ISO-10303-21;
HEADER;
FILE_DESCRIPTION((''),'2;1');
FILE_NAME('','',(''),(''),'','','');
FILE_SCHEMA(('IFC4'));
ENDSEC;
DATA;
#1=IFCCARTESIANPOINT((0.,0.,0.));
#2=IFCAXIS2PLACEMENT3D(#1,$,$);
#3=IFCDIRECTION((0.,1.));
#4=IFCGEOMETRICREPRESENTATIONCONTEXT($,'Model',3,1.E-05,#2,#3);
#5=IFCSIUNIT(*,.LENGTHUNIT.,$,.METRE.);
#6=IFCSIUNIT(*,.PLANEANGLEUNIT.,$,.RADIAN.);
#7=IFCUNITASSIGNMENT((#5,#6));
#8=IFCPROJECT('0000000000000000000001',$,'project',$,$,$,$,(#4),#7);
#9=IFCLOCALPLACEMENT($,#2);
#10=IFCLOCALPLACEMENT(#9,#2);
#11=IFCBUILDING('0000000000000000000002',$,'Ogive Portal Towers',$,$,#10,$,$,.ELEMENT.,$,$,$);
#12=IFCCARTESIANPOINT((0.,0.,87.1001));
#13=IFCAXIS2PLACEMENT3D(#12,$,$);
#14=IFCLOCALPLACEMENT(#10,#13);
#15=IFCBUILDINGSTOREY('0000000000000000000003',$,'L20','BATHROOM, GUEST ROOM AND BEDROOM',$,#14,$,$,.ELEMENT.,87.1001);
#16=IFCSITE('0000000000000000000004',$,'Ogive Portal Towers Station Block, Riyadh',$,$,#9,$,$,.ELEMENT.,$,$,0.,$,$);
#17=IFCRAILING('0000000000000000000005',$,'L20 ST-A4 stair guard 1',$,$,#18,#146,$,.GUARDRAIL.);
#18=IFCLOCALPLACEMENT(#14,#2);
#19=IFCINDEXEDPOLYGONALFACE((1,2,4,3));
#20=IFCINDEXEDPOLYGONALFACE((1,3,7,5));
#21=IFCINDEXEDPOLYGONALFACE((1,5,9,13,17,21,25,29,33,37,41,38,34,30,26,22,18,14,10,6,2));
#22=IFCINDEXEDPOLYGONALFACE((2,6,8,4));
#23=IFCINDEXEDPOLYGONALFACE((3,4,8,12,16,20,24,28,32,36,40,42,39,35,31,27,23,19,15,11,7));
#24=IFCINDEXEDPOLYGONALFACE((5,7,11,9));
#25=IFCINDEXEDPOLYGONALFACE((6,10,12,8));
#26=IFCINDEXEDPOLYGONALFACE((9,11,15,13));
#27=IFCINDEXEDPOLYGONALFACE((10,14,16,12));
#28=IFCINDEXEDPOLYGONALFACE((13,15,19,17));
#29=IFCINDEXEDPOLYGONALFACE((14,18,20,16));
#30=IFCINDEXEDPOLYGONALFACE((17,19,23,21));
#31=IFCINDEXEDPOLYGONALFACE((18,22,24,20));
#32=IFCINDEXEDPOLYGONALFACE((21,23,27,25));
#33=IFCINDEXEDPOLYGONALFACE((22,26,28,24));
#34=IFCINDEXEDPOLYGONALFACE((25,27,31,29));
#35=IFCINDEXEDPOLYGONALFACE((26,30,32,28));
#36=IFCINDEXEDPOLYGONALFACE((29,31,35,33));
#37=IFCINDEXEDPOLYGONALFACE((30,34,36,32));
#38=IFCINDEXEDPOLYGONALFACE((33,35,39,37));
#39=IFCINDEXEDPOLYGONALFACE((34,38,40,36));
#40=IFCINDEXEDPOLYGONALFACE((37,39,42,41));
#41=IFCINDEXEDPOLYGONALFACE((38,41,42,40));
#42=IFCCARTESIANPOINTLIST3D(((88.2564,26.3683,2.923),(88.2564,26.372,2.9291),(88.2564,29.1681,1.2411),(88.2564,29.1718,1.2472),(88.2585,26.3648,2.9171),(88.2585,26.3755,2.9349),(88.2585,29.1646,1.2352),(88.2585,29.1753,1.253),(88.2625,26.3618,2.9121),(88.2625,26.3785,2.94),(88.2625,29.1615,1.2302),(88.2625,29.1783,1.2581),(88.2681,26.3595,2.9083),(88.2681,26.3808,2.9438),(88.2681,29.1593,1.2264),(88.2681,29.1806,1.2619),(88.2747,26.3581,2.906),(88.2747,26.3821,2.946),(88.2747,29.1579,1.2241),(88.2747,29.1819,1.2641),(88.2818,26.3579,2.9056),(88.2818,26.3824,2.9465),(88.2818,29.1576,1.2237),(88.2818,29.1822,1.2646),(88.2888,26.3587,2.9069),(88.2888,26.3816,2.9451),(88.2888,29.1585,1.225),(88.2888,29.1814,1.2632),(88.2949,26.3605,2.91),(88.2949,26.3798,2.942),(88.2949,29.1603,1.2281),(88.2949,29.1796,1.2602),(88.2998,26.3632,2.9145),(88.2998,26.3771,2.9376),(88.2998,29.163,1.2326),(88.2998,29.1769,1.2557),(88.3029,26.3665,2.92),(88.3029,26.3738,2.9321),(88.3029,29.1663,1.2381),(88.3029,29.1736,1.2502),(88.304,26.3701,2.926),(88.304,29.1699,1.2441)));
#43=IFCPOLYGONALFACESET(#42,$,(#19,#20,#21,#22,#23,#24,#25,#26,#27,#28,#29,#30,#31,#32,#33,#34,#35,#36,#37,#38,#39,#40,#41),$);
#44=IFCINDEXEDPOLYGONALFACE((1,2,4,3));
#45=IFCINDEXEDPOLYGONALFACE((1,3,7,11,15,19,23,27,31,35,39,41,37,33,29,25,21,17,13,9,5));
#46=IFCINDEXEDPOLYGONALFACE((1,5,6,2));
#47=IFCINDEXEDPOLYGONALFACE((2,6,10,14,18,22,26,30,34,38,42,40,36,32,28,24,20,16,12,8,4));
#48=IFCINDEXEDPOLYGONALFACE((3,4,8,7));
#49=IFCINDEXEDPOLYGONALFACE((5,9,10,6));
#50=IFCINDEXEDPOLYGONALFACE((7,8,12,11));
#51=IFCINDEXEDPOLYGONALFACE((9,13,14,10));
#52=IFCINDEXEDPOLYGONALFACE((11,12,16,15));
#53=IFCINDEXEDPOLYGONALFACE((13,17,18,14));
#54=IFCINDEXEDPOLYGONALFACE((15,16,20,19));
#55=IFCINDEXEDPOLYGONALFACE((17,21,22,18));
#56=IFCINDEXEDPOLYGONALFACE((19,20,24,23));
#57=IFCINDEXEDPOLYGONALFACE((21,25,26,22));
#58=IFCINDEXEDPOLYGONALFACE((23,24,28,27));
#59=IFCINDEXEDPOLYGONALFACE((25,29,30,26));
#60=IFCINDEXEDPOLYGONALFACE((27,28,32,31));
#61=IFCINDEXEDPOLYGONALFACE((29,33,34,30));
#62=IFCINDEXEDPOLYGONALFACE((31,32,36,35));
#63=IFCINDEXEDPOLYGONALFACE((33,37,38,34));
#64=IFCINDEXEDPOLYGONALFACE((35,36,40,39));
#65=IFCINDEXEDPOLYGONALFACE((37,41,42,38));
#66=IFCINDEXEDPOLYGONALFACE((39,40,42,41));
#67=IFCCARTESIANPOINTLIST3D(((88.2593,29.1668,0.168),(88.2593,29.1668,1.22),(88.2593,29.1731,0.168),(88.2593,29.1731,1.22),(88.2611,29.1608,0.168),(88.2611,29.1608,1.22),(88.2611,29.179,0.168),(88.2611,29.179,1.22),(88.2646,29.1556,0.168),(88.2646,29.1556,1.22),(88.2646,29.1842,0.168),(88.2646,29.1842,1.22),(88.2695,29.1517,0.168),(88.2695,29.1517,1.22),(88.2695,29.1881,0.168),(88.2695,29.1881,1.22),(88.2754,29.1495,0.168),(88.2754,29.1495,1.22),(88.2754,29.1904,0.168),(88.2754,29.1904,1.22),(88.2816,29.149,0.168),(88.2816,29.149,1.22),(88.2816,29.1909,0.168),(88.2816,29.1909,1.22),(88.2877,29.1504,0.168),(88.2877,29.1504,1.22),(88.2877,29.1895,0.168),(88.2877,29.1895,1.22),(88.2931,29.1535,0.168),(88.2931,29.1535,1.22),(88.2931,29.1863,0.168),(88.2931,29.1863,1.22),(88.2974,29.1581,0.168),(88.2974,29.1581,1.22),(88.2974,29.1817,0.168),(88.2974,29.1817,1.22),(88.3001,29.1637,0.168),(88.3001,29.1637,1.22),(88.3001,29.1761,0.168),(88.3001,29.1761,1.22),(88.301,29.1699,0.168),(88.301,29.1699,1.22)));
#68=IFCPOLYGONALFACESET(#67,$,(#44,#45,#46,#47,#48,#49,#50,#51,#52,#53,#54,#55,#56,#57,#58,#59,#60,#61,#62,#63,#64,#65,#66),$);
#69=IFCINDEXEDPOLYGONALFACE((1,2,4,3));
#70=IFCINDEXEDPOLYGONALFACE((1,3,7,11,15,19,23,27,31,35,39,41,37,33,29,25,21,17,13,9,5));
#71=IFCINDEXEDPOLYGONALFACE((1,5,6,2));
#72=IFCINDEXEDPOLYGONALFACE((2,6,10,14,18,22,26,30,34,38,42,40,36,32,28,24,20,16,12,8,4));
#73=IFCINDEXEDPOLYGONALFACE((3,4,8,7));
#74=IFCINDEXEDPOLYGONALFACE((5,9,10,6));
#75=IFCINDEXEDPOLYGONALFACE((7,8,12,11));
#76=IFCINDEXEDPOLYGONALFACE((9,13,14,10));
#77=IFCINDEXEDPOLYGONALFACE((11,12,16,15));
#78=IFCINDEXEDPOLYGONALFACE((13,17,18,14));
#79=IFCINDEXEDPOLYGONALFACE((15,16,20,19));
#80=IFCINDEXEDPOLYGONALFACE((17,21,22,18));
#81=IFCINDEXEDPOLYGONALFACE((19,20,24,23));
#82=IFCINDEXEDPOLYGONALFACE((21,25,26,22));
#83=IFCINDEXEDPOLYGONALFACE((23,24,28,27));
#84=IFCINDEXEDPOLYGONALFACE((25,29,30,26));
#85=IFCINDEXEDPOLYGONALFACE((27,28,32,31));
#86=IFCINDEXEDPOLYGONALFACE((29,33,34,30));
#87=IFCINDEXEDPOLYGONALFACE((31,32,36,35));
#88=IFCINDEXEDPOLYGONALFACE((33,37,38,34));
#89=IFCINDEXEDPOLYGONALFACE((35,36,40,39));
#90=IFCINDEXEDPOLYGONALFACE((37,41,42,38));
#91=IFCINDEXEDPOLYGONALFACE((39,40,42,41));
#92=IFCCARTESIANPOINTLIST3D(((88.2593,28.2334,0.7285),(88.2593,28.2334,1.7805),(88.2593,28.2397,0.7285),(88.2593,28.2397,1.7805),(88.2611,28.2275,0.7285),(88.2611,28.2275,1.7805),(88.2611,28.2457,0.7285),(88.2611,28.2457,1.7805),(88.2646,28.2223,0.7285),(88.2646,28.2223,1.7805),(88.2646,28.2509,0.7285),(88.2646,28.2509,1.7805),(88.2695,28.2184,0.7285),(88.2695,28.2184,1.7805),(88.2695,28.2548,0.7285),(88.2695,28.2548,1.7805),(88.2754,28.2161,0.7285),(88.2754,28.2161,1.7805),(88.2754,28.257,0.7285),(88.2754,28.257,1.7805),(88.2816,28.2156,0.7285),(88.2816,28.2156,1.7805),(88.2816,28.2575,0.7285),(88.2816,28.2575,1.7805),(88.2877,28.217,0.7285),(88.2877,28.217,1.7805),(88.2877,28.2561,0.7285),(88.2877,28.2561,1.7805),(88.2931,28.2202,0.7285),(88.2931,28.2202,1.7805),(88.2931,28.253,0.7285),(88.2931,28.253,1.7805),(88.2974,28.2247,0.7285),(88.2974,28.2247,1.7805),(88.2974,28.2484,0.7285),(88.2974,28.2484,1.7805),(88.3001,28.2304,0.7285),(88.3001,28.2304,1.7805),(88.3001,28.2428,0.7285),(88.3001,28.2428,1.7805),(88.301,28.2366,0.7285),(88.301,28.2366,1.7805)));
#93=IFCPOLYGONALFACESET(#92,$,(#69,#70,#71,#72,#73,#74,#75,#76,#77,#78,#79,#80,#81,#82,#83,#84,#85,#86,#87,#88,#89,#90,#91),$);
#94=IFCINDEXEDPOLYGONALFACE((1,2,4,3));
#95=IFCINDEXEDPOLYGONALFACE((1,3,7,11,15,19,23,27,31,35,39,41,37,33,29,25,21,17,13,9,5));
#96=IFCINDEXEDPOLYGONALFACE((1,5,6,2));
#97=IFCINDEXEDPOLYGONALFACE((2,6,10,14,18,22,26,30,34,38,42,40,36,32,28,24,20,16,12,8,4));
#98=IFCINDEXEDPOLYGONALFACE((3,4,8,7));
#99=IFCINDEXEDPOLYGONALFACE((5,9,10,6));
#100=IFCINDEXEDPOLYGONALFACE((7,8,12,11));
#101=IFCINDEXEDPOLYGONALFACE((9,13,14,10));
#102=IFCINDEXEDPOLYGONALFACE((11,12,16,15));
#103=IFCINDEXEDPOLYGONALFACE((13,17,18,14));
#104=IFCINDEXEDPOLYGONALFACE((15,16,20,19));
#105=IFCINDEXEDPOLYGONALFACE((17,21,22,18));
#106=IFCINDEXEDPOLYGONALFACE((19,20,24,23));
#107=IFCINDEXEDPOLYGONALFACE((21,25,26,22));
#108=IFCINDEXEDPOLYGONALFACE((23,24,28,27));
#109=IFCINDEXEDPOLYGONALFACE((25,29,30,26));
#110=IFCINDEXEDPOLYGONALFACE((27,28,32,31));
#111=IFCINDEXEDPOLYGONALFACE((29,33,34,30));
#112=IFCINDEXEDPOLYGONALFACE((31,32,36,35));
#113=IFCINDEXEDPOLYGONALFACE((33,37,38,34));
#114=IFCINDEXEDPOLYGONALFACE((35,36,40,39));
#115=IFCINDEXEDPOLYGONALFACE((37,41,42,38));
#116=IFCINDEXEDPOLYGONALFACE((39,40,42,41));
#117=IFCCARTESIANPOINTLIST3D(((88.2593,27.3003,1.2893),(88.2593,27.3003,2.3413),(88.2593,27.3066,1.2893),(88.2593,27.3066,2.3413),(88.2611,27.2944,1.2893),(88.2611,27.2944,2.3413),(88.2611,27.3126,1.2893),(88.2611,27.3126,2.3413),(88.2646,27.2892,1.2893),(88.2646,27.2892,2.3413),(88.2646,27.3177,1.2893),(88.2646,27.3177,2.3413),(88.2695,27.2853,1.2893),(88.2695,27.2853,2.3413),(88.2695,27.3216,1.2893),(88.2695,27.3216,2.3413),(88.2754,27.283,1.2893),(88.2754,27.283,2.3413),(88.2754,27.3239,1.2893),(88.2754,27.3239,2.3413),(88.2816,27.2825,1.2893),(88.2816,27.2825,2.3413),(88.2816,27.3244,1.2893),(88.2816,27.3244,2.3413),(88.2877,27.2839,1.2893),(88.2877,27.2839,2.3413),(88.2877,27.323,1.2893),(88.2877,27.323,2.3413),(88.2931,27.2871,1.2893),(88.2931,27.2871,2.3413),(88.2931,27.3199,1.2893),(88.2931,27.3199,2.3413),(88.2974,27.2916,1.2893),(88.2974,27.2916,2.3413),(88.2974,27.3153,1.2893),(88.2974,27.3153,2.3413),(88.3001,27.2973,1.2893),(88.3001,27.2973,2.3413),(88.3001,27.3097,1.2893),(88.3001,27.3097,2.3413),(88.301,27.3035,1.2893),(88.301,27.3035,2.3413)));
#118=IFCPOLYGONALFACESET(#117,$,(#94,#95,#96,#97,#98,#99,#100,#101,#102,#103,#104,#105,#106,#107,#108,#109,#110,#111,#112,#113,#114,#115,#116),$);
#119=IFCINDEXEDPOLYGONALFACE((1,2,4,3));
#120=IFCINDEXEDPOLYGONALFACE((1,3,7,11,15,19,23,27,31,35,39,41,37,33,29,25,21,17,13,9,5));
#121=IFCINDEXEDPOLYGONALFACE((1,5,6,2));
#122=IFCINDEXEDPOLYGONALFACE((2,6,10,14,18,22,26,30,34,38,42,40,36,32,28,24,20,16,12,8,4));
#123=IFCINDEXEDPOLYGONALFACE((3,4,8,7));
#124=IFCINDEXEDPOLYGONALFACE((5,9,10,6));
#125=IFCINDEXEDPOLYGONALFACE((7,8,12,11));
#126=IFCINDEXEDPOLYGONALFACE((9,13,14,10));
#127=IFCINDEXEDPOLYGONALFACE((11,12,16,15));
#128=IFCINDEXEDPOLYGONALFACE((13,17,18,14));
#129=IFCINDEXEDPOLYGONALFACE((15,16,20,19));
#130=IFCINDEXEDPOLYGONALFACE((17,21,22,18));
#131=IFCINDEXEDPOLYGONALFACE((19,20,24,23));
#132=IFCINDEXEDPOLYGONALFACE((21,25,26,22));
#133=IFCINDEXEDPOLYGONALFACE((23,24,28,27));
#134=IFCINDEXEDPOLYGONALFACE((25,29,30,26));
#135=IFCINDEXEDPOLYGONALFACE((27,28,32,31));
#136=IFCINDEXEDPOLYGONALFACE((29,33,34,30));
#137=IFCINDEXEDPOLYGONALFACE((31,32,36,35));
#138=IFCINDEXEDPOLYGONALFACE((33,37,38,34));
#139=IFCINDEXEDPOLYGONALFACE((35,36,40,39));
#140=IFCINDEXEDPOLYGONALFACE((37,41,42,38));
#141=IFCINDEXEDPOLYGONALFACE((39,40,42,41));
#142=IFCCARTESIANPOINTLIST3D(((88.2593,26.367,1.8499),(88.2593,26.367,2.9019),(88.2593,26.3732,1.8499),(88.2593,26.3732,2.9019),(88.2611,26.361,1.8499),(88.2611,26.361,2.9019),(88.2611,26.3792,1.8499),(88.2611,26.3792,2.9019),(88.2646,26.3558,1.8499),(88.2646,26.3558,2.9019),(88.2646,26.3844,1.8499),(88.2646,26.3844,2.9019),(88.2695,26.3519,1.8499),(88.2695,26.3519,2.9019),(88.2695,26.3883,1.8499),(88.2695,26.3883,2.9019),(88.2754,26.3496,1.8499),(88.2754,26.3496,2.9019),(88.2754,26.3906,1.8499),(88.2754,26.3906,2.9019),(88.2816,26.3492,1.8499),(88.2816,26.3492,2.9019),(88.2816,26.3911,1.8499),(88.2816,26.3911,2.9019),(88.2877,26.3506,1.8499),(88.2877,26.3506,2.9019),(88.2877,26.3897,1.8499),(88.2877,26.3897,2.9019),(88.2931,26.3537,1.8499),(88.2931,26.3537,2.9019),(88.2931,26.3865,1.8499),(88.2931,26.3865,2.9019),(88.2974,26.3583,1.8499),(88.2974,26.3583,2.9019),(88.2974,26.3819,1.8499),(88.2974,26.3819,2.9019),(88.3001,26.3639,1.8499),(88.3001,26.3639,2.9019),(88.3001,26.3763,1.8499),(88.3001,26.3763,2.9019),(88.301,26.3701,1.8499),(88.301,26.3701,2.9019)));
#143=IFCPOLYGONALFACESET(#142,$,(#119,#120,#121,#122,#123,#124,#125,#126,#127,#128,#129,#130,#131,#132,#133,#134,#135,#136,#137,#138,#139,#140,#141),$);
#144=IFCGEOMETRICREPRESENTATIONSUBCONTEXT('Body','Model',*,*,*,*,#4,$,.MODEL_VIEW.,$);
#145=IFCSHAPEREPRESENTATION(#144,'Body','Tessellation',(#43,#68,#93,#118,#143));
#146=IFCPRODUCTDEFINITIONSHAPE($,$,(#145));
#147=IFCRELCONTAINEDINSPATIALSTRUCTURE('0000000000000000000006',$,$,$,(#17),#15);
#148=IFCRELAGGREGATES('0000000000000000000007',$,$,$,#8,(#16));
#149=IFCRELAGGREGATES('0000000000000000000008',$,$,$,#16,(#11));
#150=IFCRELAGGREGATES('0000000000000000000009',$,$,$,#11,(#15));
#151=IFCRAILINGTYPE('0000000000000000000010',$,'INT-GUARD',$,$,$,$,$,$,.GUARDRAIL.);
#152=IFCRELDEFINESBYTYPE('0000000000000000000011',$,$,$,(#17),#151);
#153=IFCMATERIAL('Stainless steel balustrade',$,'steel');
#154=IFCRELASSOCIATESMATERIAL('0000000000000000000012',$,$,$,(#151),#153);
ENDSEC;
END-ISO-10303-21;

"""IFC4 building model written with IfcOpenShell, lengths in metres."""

from ifc_helpers import new_model, si_unit, direction, frame, origin, origin_2d, place, context, subcontext, project, spatial, circle, extrude, material, type_object, element, save


model = new_model("IFC4")

# Units and contexts
model_context = context("Model", 3, precision=1e-05, world=origin(), true_north=direction((0.0, 1.0)))
body_context = subcontext(model_context, "Body", "Model", "MODEL_VIEW")
ifc_project = project(units=[si_unit("LENGTHUNIT", "METRE"), si_unit("PLANEANGLEUNIT", "RADIAN")], contexts=[model_context])

# Site, building, storey
site_placement = place(None, origin())
site = spatial("IfcSite", under=ifc_project, at=site_placement, Name="Ogive Portal Towers Station Block, Riyadh", CompositionType="ELEMENT", RefElevation=0.0)
building_placement = place(site_placement, origin())
building = spatial("IfcBuilding", under=site, at=building_placement, Name="Ogive Portal Towers", CompositionType="ELEMENT")
storey_placement = place(building_placement, frame((0.0, 0.0, 87.1001)))
storey = spatial("IfcBuildingStorey", under=building, at=storey_placement, Name="L20", Description="BATHROOM, GUEST ROOM AND BEDROOM", CompositionType="ELEMENT", Elevation=87.1001)

# Railing
ifc_material_1 = material(Name="Stainless steel balustrade", Category="steel")
railing_type_1 = type_object("IfcRailingType", Name="INT-GUARD", PredefinedType="GUARDRAIL", material=ifc_material_1)
railing_1_placement = place(storey_placement, frame((88.28, 29.1699, 0.168)))
element("IfcRailing", 1, at=railing_1_placement, inside=storey, type_object=railing_type_1, Name="L20 ST-A4 stair guard 1", PredefinedType="GUARDRAIL", context=body_context, shape_type="SweptSolid", body=[
    extrude(circle(Radius=0.0239, at=origin_2d()), frame((0.0, 0.0, 1.0762), z_axis=(0.0, -0.857222, 0.514946), x_axis=(1.0, 0.0, 0.0)), (0.0, 0.0, 1.0), 3.2661),
    extrude(circle(Radius=0.021, at=origin_2d()), origin(), (0.0, 0.0, 1.0), 1.052),
    extrude(circle(Radius=0.021, at=origin_2d()), frame((0.0, -0.9333, 0.5605)), (0.0, 0.0, 1.0), 1.052),
    extrude(circle(Radius=0.021, at=origin_2d()), frame((0.0, -1.8665, 1.1213)), (0.0, 0.0, 1.0), 1.052),
    extrude(circle(Radius=0.021, at=origin_2d()), frame((0.0, -2.7998, 1.6819)), (0.0, 0.0, 1.0), 1.052),
])

save(model, "model.ifc")
